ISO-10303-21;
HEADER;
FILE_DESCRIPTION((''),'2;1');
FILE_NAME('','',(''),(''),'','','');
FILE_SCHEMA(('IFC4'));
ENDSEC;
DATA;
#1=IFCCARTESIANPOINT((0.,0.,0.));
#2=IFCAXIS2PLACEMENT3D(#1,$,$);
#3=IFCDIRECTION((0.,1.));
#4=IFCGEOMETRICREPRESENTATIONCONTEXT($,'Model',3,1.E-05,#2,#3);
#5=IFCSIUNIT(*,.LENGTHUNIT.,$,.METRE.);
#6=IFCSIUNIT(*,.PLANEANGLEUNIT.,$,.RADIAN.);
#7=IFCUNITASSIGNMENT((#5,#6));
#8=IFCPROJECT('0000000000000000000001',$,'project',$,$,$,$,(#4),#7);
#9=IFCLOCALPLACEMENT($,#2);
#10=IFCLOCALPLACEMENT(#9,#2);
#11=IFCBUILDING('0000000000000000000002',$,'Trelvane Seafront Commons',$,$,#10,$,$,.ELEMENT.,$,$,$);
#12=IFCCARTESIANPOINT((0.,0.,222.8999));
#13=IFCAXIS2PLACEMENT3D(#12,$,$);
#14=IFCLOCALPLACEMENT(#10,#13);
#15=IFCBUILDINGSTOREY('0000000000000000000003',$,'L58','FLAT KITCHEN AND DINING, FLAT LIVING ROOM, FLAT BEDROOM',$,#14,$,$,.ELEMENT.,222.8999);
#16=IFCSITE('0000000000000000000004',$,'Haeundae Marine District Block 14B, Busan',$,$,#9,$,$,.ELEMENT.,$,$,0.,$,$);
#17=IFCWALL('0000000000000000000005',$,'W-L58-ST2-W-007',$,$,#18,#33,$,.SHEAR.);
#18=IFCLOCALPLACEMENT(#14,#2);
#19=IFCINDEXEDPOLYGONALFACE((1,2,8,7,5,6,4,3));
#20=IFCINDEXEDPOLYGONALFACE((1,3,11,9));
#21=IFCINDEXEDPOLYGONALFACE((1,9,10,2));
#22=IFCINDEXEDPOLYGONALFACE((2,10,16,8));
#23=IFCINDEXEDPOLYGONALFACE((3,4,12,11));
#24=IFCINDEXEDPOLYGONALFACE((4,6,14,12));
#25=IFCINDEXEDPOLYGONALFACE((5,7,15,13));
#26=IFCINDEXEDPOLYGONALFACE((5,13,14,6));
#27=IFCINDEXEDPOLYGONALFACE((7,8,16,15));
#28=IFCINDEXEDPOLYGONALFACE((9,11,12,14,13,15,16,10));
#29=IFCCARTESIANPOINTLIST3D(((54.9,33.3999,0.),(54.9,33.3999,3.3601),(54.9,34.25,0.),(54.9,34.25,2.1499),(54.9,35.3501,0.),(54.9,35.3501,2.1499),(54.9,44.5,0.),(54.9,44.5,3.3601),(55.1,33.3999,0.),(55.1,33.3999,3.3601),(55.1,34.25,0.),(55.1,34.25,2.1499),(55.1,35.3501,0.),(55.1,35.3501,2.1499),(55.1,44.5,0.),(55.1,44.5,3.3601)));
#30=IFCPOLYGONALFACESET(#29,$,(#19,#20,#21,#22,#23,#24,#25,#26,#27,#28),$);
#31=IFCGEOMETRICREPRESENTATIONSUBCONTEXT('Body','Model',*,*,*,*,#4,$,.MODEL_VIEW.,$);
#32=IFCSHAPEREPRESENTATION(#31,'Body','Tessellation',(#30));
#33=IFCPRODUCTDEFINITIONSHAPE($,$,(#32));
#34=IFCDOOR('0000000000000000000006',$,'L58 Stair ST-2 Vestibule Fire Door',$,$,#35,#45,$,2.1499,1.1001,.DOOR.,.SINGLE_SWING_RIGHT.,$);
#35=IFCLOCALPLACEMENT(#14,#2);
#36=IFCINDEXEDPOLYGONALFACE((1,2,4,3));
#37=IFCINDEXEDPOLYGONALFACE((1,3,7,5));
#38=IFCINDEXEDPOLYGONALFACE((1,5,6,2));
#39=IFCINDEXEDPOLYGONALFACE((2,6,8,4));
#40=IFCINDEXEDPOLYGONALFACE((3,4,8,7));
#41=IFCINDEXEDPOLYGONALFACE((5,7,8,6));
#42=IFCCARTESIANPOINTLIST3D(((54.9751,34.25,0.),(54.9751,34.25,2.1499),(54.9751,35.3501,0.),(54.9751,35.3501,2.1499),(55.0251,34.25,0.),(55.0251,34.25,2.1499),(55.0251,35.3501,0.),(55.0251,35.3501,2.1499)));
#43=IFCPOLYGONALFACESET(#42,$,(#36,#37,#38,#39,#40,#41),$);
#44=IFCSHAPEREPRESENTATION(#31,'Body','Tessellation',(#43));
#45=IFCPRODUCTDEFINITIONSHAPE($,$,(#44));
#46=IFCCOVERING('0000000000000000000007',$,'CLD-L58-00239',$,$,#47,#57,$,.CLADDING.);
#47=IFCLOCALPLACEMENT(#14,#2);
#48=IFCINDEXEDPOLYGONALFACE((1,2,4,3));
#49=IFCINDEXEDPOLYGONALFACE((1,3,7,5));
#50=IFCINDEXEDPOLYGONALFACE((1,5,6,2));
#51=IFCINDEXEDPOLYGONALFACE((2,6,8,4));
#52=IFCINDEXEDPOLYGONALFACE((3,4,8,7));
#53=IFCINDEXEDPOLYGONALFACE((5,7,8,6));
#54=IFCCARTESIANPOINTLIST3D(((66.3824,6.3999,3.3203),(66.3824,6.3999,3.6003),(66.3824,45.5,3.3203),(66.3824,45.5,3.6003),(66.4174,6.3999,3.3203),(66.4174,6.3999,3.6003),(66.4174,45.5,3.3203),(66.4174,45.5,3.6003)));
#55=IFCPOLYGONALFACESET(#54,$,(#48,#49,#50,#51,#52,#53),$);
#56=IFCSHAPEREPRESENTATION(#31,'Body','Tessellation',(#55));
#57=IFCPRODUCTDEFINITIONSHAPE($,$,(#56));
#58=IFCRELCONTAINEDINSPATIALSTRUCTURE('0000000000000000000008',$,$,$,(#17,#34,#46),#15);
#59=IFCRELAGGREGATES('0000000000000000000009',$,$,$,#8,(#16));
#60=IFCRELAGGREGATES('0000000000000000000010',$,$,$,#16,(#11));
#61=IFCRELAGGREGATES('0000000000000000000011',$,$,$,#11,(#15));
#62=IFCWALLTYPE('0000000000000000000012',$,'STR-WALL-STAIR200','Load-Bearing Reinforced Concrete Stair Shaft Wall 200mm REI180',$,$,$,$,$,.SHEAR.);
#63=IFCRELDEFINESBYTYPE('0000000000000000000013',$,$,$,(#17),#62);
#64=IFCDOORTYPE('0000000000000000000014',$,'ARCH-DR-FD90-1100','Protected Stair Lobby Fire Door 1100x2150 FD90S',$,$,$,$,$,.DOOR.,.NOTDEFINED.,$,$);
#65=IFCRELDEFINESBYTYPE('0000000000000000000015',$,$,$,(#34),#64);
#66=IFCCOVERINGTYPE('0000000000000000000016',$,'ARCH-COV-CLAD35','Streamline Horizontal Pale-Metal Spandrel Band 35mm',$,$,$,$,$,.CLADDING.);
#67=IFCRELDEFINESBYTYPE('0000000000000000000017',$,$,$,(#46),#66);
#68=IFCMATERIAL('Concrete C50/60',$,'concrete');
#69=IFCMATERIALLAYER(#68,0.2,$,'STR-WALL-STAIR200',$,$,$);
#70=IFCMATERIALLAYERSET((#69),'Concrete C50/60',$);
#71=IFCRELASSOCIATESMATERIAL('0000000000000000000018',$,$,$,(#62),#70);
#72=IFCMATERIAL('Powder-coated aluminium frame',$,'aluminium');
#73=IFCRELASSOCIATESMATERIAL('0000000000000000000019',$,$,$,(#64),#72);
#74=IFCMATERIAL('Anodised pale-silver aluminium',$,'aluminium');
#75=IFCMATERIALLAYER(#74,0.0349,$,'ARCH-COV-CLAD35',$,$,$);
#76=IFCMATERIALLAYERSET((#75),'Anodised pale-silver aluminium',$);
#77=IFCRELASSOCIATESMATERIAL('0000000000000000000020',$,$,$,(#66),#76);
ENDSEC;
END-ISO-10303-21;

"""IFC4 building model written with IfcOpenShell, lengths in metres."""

from ifc_helpers import new_model, si_unit, direction, frame, frame_2d, origin, origin_2d, place, context, subcontext, project, spatial, rectangle, extrude, source, transform, mapped, material, layer, layer_set, type_object, element, fill, save


model = new_model("IFC4")

# Units and contexts
model_context = context("Model", 3, precision=1e-05, world=origin(), true_north=direction((0.0, 1.0)))
body_context = subcontext(model_context, "Body", "Model", "MODEL_VIEW")
ifc_project = project(units=[si_unit("LENGTHUNIT", "METRE"), si_unit("PLANEANGLEUNIT", "RADIAN")], contexts=[model_context])

# Site, building, storey
site_placement = place(None, origin())
site = spatial("IfcSite", under=ifc_project, at=site_placement, Name="Haeundae Marine District Block 14B, Busan", CompositionType="ELEMENT", RefElevation=0.0)
building_placement = place(site_placement, origin())
building = spatial("IfcBuilding", under=site, at=building_placement, Name="Trelvane Seafront Commons", CompositionType="ELEMENT")
storey_placement = place(building_placement, frame((0.0, 0.0, 222.8999)))
storey = spatial("IfcBuildingStorey", under=building, at=storey_placement, Name="L58", Description="FLAT KITCHEN AND DINING, FLAT LIVING ROOM, FLAT BEDROOM", CompositionType="ELEMENT", Elevation=222.8999)

# Shared definitions
ifc_material_1 = material(Name="Concrete C50/60", Category="concrete")

# Shared definitions
ifc_material_2 = material(Name="Anodised pale-silver aluminium", Category="aluminium")

# Shared definitions
ifc_material_3 = material(Name="Powder-coated aluminium frame", Category="aluminium")

# Wall, opening, door
ifc_layer_1 = layer(ifc_material_1, 0.2, Name="STR-WALL-STAIR200")
ifc_layer_set_1 = layer_set([ifc_layer_1], Name="Concrete C50/60")
wall_type_1 = type_object("IfcWallType", Name="STR-WALL-STAIR200", Description="Load-Bearing Reinforced Concrete Stair Shaft Wall 200mm REI180", PredefinedType="SHEAR", material=ifc_layer_set_1)
wall_1_placement = place(storey_placement, frame((55.0, 33.3999, 0.0), z_axis=(0.0, 0.0, 1.0), x_axis=(0.0, 1.0, 0.0)))
wall_1 = element("IfcWall", 1, at=wall_1_placement, inside=storey, type_object=wall_type_1, Name="W-L58-ST2-W-007", PredefinedType="SHEAR", context=body_context, shape_type="SweptSolid", body=[
    extrude(rectangle(XDim=11.1001, YDim=0.2, at=frame_2d((5.55, 0.0))), origin(), (0.0, 0.0, 1.0), 3.3601),
])
opening_1_placement = place(wall_1_placement, frame((0.8501, 0.0, 0.0)))
opening_1 = element("IfcOpeningElement", 2, at=opening_1_placement, cuts=wall_1, PredefinedType="OPENING", context=body_context, shape_type="SweptSolid", body=[
    extrude(rectangle(XDim=1.1001, YDim=2.1499, at=frame_2d((0.55, 1.075))), frame((0.0, 0.1099, 0.0), z_axis=(0.0, -1.0, 0.0), x_axis=(1.0, 0.0, 0.0)), (0.0, 0.0, 1.0), 0.22),
])
door_type_1 = type_object("IfcDoorType", Name="ARCH-DR-FD90-1100", Description="Protected Stair Lobby Fire Door 1100x2150 FD90S", OperationType="NOTDEFINED", PredefinedType="DOOR", material=ifc_material_3)
shared_shape_1 = source(origin(), body_context, "Body", "SweptSolid", [
    extrude(rectangle(XDim=1.1001, YDim=2.1499, at=frame_2d((0.55, 1.075))), frame((0.0, 0.0249, 0.0), z_axis=(0.0, -1.0, 0.0), x_axis=(1.0, 0.0, 0.0)), (0.0, 0.0, 1.0), 0.05),
])
door_1_placement = place(opening_1_placement, origin())
door_1 = element("IfcDoor", 3, at=door_1_placement, inside=storey, type_object=door_type_1, Name="L58 Stair ST-2 Vestibule Fire Door", OperationType="SINGLE_SWING_RIGHT", OverallHeight=2.1499, OverallWidth=1.1001, PredefinedType="DOOR", context=body_context, shape_type="MappedRepresentation", body=[
    mapped(shared_shape_1, transform((0.0, 0.0, 0.0), x_axis=(1.0, 0.0, 0.0), y_axis=(0.0, 1.0, 0.0), z_axis=(0.0, 0.0, 1.0), scale=1.0)),
])
fill(opening_1, door_1)

# Covering
ifc_layer_2 = layer(ifc_material_2, 0.0349, Name="ARCH-COV-CLAD35")
ifc_layer_set_2 = layer_set([ifc_layer_2], Name="Anodised pale-silver aluminium")
covering_type = type_object("IfcCoveringType", Name="ARCH-COV-CLAD35", Description="Streamline Horizontal Pale-Metal Spandrel Band 35mm", PredefinedType="CLADDING", material=ifc_layer_set_2)
shared_shape_2 = source(origin(), body_context, "Body", "SweptSolid", [
    extrude(rectangle(XDim=39.1001, YDim=0.0349, at=origin_2d()), origin(), (0.0, 0.0, 1.0), 0.28),
])
covering_placement = place(storey_placement, frame((66.3999, 25.95, 3.3203), z_axis=(0.0, 0.0, 1.0), x_axis=(0.0, -1.0, 0.0)))
element("IfcCovering", 4, at=covering_placement, inside=storey, type_object=covering_type, Name="CLD-L58-00239", PredefinedType="CLADDING", context=body_context, shape_type="MappedRepresentation", body=[
    mapped(shared_shape_2, transform((0.0, 0.0, 0.0), x_axis=(1.0, 0.0, 0.0), y_axis=(0.0, 1.0, 0.0), z_axis=(0.0, 0.0, 1.0), scale=1.0)),
])

save(model, "model.ifc")
